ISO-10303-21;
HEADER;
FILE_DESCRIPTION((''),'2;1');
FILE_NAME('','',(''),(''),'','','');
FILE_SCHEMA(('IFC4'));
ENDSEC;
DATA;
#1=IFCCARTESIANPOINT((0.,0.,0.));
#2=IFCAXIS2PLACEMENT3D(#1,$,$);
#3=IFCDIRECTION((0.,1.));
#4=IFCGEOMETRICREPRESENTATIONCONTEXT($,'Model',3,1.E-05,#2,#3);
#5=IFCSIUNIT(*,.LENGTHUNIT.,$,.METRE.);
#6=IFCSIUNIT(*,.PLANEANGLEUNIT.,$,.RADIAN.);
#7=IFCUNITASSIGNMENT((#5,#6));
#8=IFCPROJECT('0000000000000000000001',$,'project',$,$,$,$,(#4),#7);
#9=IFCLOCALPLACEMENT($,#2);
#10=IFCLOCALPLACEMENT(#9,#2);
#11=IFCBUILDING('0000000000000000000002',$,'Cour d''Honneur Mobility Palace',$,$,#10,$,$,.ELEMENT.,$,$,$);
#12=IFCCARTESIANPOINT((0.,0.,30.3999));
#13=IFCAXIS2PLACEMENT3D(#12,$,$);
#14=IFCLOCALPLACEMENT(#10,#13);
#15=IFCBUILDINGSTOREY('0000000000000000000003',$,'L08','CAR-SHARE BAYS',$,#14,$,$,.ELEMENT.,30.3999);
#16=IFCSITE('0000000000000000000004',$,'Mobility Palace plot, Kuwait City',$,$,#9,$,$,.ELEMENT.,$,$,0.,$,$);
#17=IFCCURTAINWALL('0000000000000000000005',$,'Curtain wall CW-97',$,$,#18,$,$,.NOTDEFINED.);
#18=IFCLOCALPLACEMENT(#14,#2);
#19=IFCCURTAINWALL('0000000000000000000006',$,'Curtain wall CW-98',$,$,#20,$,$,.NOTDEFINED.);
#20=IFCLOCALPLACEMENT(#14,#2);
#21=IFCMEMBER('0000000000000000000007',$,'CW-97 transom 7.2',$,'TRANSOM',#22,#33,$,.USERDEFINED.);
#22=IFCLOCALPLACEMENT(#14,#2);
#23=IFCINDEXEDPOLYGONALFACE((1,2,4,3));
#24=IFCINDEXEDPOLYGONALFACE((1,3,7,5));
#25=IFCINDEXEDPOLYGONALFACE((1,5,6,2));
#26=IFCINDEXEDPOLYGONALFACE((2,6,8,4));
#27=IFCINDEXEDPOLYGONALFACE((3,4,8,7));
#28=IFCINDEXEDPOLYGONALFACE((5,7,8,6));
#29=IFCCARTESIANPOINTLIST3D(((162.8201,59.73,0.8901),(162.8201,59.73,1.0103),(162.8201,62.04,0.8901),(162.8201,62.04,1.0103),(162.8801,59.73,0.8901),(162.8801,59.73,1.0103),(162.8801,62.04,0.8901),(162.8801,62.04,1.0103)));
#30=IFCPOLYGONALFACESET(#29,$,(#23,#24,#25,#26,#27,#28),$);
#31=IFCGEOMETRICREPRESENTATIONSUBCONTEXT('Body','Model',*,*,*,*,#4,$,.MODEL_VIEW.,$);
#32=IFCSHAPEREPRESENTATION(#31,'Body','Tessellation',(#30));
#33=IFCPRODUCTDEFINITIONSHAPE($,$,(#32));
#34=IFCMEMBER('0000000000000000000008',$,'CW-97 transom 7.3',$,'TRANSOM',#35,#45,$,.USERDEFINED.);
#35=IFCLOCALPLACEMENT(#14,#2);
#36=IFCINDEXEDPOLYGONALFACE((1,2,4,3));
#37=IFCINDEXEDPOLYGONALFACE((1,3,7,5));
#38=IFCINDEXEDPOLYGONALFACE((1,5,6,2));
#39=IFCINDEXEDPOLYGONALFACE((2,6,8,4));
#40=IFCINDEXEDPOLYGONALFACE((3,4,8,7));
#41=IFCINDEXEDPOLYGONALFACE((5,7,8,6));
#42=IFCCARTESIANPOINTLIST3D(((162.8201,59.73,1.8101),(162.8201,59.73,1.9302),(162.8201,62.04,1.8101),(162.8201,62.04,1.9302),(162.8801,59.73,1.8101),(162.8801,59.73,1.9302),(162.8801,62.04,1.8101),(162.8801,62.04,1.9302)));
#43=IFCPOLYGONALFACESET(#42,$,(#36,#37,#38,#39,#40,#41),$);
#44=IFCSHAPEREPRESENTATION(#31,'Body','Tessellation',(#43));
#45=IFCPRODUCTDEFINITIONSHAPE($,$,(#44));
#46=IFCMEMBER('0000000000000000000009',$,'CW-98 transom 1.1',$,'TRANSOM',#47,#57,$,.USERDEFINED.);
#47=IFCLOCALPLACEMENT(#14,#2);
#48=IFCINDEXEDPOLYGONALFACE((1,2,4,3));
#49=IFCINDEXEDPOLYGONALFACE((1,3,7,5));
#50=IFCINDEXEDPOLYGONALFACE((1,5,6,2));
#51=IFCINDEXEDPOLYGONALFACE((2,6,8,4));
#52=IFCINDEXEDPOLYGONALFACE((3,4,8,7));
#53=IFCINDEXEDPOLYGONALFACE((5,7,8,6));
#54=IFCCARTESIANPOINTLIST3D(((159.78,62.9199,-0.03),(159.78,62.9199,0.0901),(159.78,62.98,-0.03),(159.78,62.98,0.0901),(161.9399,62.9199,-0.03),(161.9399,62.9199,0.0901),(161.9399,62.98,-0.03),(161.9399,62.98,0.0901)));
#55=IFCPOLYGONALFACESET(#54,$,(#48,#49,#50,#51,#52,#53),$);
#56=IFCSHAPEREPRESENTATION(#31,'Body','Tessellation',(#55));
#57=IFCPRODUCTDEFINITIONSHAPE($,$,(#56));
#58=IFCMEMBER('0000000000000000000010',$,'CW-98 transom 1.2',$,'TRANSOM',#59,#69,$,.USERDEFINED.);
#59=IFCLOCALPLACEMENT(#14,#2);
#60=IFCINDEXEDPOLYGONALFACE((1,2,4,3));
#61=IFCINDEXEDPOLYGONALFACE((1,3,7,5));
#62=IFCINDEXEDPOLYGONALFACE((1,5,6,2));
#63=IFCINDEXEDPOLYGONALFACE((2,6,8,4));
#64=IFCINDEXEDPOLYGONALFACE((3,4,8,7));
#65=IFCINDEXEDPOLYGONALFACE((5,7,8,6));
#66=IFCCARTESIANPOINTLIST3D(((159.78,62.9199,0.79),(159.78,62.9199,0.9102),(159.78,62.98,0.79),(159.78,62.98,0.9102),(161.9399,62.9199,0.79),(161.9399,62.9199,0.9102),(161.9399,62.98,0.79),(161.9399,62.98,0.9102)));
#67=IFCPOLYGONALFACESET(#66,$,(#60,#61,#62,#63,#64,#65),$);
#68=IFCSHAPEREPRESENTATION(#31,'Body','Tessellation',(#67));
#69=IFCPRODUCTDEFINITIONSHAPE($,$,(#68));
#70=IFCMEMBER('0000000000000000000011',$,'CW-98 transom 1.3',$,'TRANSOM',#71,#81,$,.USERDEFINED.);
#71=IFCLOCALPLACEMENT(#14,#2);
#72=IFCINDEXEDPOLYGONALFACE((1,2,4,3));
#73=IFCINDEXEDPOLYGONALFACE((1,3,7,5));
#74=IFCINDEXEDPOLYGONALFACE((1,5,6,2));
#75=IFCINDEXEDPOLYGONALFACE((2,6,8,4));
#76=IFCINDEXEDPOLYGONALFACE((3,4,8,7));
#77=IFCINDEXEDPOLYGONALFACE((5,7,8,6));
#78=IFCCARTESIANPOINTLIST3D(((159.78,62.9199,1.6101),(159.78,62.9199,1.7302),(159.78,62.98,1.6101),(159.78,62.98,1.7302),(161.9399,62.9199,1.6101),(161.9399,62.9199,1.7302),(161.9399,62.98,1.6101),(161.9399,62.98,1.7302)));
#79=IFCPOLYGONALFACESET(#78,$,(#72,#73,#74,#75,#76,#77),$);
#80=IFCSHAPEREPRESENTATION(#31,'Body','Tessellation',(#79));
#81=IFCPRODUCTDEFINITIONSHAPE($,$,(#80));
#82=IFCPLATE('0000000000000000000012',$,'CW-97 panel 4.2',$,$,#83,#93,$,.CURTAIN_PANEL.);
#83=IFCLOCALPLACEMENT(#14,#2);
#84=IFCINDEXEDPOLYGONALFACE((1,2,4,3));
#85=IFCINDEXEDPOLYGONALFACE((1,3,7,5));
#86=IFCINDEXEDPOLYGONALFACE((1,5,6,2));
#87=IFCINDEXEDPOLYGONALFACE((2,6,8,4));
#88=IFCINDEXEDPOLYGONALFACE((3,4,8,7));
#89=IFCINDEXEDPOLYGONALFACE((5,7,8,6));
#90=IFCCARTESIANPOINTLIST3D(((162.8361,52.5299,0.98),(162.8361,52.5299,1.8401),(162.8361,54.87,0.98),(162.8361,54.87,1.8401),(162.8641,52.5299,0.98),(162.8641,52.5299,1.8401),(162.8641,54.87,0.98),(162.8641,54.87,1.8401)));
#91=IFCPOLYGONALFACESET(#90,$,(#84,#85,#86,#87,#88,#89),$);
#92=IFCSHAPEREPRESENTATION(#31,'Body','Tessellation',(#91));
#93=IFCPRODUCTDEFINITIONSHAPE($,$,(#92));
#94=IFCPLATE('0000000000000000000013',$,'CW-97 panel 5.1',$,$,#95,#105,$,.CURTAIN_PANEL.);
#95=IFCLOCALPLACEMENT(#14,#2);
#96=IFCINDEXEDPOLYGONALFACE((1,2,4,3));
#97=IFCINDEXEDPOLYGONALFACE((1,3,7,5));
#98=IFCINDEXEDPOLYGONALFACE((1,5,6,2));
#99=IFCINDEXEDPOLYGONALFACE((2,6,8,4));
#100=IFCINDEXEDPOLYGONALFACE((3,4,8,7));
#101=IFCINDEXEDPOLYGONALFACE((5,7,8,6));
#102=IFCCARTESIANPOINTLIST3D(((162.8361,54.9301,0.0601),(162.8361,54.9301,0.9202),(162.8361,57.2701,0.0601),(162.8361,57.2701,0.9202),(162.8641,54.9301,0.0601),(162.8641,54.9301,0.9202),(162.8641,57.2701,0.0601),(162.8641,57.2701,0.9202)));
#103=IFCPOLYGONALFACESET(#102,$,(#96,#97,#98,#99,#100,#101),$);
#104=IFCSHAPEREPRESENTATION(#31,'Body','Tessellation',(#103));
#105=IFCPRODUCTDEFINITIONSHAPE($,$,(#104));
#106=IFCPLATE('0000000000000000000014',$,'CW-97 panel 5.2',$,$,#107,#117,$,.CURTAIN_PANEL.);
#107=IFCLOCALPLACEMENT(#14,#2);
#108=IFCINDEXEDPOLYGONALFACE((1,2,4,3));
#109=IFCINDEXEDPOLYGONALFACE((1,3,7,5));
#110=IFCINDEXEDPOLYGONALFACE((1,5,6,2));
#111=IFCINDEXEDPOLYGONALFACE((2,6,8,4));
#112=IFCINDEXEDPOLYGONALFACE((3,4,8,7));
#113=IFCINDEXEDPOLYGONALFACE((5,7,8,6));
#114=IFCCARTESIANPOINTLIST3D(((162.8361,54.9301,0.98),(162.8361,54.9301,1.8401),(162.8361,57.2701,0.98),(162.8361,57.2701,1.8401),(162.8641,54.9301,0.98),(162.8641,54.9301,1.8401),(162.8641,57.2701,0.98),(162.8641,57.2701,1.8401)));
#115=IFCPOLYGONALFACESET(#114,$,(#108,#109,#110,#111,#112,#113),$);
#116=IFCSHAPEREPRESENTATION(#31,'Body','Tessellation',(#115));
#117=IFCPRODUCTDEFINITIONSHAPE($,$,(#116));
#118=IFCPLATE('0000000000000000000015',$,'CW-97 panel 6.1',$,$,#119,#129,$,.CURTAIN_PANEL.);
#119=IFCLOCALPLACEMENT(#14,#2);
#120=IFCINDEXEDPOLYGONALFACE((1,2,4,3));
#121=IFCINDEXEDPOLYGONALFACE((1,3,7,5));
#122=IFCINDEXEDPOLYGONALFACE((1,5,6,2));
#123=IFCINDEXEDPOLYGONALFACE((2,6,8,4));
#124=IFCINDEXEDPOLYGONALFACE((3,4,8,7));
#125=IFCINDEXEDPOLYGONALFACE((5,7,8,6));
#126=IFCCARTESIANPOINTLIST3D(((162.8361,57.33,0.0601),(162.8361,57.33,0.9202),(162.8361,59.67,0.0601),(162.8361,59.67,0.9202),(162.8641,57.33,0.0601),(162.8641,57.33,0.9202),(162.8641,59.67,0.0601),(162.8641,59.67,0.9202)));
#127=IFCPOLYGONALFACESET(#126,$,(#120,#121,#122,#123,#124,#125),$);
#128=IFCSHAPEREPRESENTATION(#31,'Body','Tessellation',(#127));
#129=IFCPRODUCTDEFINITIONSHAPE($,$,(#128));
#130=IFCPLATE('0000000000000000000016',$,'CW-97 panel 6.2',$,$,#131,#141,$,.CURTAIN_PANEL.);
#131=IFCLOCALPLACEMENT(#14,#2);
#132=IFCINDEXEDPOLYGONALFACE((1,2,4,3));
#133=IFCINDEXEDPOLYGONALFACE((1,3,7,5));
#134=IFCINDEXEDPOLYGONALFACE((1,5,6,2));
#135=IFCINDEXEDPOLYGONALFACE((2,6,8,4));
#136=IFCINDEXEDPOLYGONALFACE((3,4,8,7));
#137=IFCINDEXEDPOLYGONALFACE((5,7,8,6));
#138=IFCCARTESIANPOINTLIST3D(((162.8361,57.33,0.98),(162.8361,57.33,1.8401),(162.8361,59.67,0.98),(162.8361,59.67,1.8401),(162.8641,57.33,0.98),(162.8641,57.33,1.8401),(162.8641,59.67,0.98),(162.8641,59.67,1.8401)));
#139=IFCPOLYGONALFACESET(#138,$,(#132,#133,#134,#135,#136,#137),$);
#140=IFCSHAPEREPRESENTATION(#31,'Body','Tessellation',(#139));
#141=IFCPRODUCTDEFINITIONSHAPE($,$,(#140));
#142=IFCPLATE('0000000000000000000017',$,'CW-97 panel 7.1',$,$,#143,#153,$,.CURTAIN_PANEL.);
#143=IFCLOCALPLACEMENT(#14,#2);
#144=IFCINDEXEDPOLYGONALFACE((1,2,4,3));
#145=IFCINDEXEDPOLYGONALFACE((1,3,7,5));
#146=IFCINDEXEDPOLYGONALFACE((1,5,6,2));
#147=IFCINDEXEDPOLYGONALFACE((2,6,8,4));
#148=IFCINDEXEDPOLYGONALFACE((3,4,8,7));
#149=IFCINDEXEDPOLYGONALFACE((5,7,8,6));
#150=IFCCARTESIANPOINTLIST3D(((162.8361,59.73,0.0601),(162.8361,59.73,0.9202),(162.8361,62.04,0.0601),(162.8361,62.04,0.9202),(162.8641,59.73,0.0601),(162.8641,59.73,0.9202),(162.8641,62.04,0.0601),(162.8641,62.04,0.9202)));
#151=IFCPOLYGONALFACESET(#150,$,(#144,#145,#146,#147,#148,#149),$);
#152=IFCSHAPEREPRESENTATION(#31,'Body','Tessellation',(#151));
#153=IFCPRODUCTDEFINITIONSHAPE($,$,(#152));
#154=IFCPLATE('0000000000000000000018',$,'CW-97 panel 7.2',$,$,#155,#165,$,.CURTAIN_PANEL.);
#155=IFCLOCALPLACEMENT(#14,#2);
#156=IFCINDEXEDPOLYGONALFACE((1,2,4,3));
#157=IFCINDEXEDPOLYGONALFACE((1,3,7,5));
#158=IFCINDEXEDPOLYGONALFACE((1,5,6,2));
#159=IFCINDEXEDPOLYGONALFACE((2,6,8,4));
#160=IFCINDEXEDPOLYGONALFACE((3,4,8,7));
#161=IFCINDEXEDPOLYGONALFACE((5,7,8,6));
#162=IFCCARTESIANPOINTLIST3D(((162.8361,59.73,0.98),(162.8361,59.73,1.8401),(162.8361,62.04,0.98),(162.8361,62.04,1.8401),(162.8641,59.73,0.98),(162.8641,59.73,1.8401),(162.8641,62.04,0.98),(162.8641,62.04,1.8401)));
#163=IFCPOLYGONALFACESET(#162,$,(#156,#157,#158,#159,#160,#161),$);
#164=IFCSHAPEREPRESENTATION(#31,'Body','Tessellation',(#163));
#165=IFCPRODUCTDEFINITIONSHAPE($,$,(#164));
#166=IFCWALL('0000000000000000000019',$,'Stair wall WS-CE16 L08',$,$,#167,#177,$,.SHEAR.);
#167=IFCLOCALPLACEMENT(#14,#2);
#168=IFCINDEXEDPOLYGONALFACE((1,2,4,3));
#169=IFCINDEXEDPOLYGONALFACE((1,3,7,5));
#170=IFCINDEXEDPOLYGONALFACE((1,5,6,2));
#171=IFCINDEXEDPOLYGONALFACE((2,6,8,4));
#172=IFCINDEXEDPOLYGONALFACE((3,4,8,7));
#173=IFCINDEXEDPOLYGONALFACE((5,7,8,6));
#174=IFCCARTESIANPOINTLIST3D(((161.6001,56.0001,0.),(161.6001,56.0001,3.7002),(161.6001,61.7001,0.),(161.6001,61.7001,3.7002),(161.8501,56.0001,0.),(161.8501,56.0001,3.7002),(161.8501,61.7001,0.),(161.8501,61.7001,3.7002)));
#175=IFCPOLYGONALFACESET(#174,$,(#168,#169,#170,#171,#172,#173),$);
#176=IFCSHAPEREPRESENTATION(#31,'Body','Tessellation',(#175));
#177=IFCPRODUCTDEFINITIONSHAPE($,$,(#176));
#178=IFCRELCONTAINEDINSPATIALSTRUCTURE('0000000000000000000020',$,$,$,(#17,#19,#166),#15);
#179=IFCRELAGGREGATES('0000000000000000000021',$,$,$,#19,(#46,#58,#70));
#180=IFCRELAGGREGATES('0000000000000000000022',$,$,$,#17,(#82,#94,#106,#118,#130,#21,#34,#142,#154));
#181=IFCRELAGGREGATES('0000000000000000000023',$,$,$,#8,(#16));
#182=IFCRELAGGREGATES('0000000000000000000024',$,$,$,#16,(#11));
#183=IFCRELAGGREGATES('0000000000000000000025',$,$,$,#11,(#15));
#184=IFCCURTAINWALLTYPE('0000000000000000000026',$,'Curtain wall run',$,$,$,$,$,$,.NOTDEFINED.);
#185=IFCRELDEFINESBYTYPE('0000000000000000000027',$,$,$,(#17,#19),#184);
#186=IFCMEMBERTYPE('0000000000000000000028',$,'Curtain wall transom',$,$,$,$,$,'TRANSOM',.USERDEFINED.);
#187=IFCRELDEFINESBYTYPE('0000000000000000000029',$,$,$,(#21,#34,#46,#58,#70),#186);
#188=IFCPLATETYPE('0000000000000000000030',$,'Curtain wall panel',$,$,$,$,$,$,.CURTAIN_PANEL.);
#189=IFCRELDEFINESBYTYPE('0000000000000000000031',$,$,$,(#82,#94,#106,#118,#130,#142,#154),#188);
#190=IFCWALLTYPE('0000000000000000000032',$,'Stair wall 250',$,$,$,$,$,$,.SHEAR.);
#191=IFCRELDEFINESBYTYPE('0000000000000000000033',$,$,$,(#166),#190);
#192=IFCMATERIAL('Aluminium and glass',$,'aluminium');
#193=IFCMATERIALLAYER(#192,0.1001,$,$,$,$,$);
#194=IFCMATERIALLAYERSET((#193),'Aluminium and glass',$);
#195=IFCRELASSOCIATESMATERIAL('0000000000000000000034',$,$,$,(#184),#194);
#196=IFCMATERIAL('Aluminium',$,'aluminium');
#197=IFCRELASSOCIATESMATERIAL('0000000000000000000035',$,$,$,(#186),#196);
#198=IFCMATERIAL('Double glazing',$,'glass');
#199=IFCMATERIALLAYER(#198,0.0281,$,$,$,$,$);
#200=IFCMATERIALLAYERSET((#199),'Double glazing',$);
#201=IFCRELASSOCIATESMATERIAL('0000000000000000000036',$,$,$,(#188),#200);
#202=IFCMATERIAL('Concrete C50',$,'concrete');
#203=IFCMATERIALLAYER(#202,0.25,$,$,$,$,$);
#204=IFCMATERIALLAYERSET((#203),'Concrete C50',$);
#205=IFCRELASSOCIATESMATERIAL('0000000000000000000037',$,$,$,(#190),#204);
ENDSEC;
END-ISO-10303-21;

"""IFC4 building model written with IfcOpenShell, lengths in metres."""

from ifc_helpers import new_model, si_unit, direction, frame, frame_2d, origin, origin_2d, place, context, subcontext, project, spatial, rectangle, extrude, material, layer, layer_set, material_profile, profile_set, type_object, element, aggregate, save


model = new_model("IFC4")

# Units and contexts
model_context = context("Model", 3, precision=1e-05, world=origin(), true_north=direction((0.0, 1.0)))
body_context = subcontext(model_context, "Body", "Model", "MODEL_VIEW")
ifc_project = project(units=[si_unit("LENGTHUNIT", "METRE"), si_unit("PLANEANGLEUNIT", "RADIAN")], contexts=[model_context])

# Site, building, storey
site_placement = place(None, origin())
site = spatial("IfcSite", under=ifc_project, at=site_placement, Name="Mobility Palace plot, Kuwait City", CompositionType="ELEMENT", RefElevation=0.0)
building_placement = place(site_placement, origin())
building = spatial("IfcBuilding", under=site, at=building_placement, Name="Cour d'Honneur Mobility Palace", CompositionType="ELEMENT")
storey_placement = place(building_placement, frame((0.0, 0.0, 30.3999)))
storey = spatial("IfcBuildingStorey", under=building, at=storey_placement, Name="L08", Description="CAR-SHARE BAYS", CompositionType="ELEMENT", Elevation=30.3999)

# Curtain wall
ifc_material_1 = material(Name="Aluminium and glass", Category="aluminium")
ifc_layer_1 = layer(ifc_material_1, 0.1001)
ifc_layer_set_1 = layer_set([ifc_layer_1], Name="Aluminium and glass")
curtain_wall_type = type_object("IfcCurtainWallType", Name="Curtain wall run", PredefinedType="NOTDEFINED", material=ifc_layer_set_1)
curtain_wall_1_placement = place(storey_placement, origin())
curtain_wall_1 = element("IfcCurtainWall", 1, at=curtain_wall_1_placement, inside=storey, type_object=curtain_wall_type, Name="Curtain wall CW-97", PredefinedType="NOTDEFINED")

# Curtain wall
curtain_wall_2_placement = place(storey_placement, origin())
curtain_wall_2 = element("IfcCurtainWall", 2, at=curtain_wall_2_placement, inside=storey, type_object=curtain_wall_type, Name="Curtain wall CW-98", PredefinedType="NOTDEFINED")

# Members
ifc_material_2 = material(Name="Aluminium", Category="aluminium")
ifc_material_profile_1 = material_profile(ifc_material_2, rectangle(XDim=0.0601, YDim=0.1201, at=origin_2d()), Name="Curtain wall transom")
ifc_profile_set_1 = profile_set([ifc_material_profile_1], Name="Aluminium")
member_type_1 = type_object("IfcMemberType", Name="Curtain wall transom", ElementType="TRANSOM", PredefinedType="USERDEFINED", material=ifc_profile_set_1)
member_1_placement = place(storey_placement, frame((162.8501, 59.73, 0.9502), z_axis=(0.0, 1.0, 0.0), x_axis=(-1.0, 0.0, 0.0)))
member_1 = element("IfcMember", 3, at=member_1_placement, type_object=member_type_1, Name="CW-97 transom 7.2", ObjectType="TRANSOM", PredefinedType="USERDEFINED", context=body_context, shape_type="SweptSolid", body=[
    extrude(rectangle(XDim=0.0601, YDim=0.1201, at=origin_2d()), origin(), (0.0, 0.0, 1.0), 2.3101),
])
member_2_placement = place(storey_placement, frame((162.8501, 59.73, 1.8701), z_axis=(0.0, 1.0, 0.0), x_axis=(-1.0, 0.0, 0.0)))
member_2 = element("IfcMember", 4, at=member_2_placement, type_object=member_type_1, Name="CW-97 transom 7.3", ObjectType="TRANSOM", PredefinedType="USERDEFINED", context=body_context, shape_type="SweptSolid", body=[
    extrude(rectangle(XDim=0.0601, YDim=0.1201, at=origin_2d()), origin(), (0.0, 0.0, 1.0), 2.3101),
])
member_3_placement = place(storey_placement, frame((161.9399, 62.95, 0.03), z_axis=(-1.0, 0.0, 0.0), x_axis=(0.0, -1.0, 0.0)))
member_3 = element("IfcMember", 5, at=member_3_placement, type_object=member_type_1, Name="CW-98 transom 1.1", ObjectType="TRANSOM", PredefinedType="USERDEFINED", context=body_context, shape_type="SweptSolid", body=[
    extrude(rectangle(XDim=0.0601, YDim=0.1201, at=origin_2d()), origin(), (0.0, 0.0, 1.0), 2.1599),
])
member_4_placement = place(storey_placement, frame((161.9399, 62.95, 0.8501), z_axis=(-1.0, 0.0, 0.0), x_axis=(0.0, -1.0, 0.0)))
member_4 = element("IfcMember", 6, at=member_4_placement, type_object=member_type_1, Name="CW-98 transom 1.2", ObjectType="TRANSOM", PredefinedType="USERDEFINED", context=body_context, shape_type="SweptSolid", body=[
    extrude(rectangle(XDim=0.0601, YDim=0.1201, at=origin_2d()), origin(), (0.0, 0.0, 1.0), 2.1599),
])
member_5_placement = place(storey_placement, frame((161.9399, 62.95, 1.6702), z_axis=(-1.0, 0.0, 0.0), x_axis=(0.0, -1.0, 0.0)))
member_5 = element("IfcMember", 7, at=member_5_placement, type_object=member_type_1, Name="CW-98 transom 1.3", ObjectType="TRANSOM", PredefinedType="USERDEFINED", context=body_context, shape_type="SweptSolid", body=[
    extrude(rectangle(XDim=0.0601, YDim=0.1201, at=origin_2d()), origin(), (0.0, 0.0, 1.0), 2.1599),
])
aggregate(curtain_wall_2, [member_3, member_4, member_5])

# Plates
ifc_material_3 = material(Name="Double glazing", Category="glass")
ifc_layer_2 = layer(ifc_material_3, 0.0281)
ifc_layer_set_2 = layer_set([ifc_layer_2], Name="Double glazing")
plate_type = type_object("IfcPlateType", Name="Curtain wall panel", PredefinedType="CURTAIN_PANEL", material=ifc_layer_set_2)
plate_1_placement = place(storey_placement, frame((162.8501, 53.7, 0.98), z_axis=(0.0, 0.0, 1.0), x_axis=(0.0, 1.0, 0.0)))
plate_1 = element("IfcPlate", 8, at=plate_1_placement, type_object=plate_type, Name="CW-97 panel 4.2", PredefinedType="CURTAIN_PANEL", context=body_context, shape_type="SweptSolid", body=[
    extrude(rectangle(XDim=2.3401, YDim=0.0281, at=origin_2d()), origin(), (0.0, 0.0, 1.0), 0.8601),
])
plate_2_placement = place(storey_placement, frame((162.8501, 56.1001, 0.0601), z_axis=(0.0, 0.0, 1.0), x_axis=(0.0, 1.0, 0.0)))
plate_2 = element("IfcPlate", 9, at=plate_2_placement, type_object=plate_type, Name="CW-97 panel 5.1", PredefinedType="CURTAIN_PANEL", context=body_context, shape_type="SweptSolid", body=[
    extrude(rectangle(XDim=2.3401, YDim=0.0281, at=origin_2d()), origin(), (0.0, 0.0, 1.0), 0.8601),
])
plate_3_placement = place(storey_placement, frame((162.8501, 56.1001, 0.98), z_axis=(0.0, 0.0, 1.0), x_axis=(0.0, 1.0, 0.0)))
plate_3 = element("IfcPlate", 10, at=plate_3_placement, type_object=plate_type, Name="CW-97 panel 5.2", PredefinedType="CURTAIN_PANEL", context=body_context, shape_type="SweptSolid", body=[
    extrude(rectangle(XDim=2.3401, YDim=0.0281, at=origin_2d()), origin(), (0.0, 0.0, 1.0), 0.8601),
])
plate_4_placement = place(storey_placement, frame((162.8501, 58.5, 0.0601), z_axis=(0.0, 0.0, 1.0), x_axis=(0.0, 1.0, 0.0)))
plate_4 = element("IfcPlate", 11, at=plate_4_placement, type_object=plate_type, Name="CW-97 panel 6.1", PredefinedType="CURTAIN_PANEL", context=body_context, shape_type="SweptSolid", body=[
    extrude(rectangle(XDim=2.3401, YDim=0.0281, at=origin_2d()), origin(), (0.0, 0.0, 1.0), 0.8601),
])
plate_5_placement = place(storey_placement, frame((162.8501, 58.5, 0.98), z_axis=(0.0, 0.0, 1.0), x_axis=(0.0, 1.0, 0.0)))
plate_5 = element("IfcPlate", 12, at=plate_5_placement, type_object=plate_type, Name="CW-97 panel 6.2", PredefinedType="CURTAIN_PANEL", context=body_context, shape_type="SweptSolid", body=[
    extrude(rectangle(XDim=2.3401, YDim=0.0281, at=origin_2d()), origin(), (0.0, 0.0, 1.0), 0.8601),
])
plate_6_placement = place(storey_placement, frame((162.8501, 60.885, 0.0601), z_axis=(0.0, 0.0, 1.0), x_axis=(0.0, 1.0, 0.0)))
plate_6 = element("IfcPlate", 13, at=plate_6_placement, type_object=plate_type, Name="CW-97 panel 7.1", PredefinedType="CURTAIN_PANEL", context=body_context, shape_type="SweptSolid", body=[
    extrude(rectangle(XDim=2.3101, YDim=0.0281, at=origin_2d()), origin(), (0.0, 0.0, 1.0), 0.8601),
])
plate_7_placement = place(storey_placement, frame((162.8501, 60.885, 0.98), z_axis=(0.0, 0.0, 1.0), x_axis=(0.0, 1.0, 0.0)))
plate_7 = element("IfcPlate", 14, at=plate_7_placement, type_object=plate_type, Name="CW-97 panel 7.2", PredefinedType="CURTAIN_PANEL", context=body_context, shape_type="SweptSolid", body=[
    extrude(rectangle(XDim=2.3101, YDim=0.0281, at=origin_2d()), origin(), (0.0, 0.0, 1.0), 0.8601),
])
aggregate(curtain_wall_1, [plate_1, plate_2, plate_3, plate_4, plate_5, member_1, member_2, plate_6, plate_7])

# Wall
ifc_material_4 = material(Name="Concrete C50", Category="concrete")
ifc_layer_3 = layer(ifc_material_4, 0.25)
ifc_layer_set_3 = layer_set([ifc_layer_3], Name="Concrete C50")
wall_type = type_object("IfcWallType", Name="Stair wall 250", PredefinedType="SHEAR", material=ifc_layer_set_3)
wall_placement = place(storey_placement, frame((161.7251, 56.0, 0.0), z_axis=(0.0, 0.0, 1.0), x_axis=(0.0, 1.0, 0.0)))
element("IfcWall", 15, at=wall_placement, inside=storey, type_object=wall_type, Name="Stair wall WS-CE16 L08", PredefinedType="SHEAR", context=body_context, shape_type="SweptSolid", body=[
    extrude(rectangle(XDim=5.7, YDim=0.25, at=frame_2d((2.8501, 0.0))), origin(), (0.0, 0.0, 1.0), 3.7002),
])

save(model, "model.ifc")
